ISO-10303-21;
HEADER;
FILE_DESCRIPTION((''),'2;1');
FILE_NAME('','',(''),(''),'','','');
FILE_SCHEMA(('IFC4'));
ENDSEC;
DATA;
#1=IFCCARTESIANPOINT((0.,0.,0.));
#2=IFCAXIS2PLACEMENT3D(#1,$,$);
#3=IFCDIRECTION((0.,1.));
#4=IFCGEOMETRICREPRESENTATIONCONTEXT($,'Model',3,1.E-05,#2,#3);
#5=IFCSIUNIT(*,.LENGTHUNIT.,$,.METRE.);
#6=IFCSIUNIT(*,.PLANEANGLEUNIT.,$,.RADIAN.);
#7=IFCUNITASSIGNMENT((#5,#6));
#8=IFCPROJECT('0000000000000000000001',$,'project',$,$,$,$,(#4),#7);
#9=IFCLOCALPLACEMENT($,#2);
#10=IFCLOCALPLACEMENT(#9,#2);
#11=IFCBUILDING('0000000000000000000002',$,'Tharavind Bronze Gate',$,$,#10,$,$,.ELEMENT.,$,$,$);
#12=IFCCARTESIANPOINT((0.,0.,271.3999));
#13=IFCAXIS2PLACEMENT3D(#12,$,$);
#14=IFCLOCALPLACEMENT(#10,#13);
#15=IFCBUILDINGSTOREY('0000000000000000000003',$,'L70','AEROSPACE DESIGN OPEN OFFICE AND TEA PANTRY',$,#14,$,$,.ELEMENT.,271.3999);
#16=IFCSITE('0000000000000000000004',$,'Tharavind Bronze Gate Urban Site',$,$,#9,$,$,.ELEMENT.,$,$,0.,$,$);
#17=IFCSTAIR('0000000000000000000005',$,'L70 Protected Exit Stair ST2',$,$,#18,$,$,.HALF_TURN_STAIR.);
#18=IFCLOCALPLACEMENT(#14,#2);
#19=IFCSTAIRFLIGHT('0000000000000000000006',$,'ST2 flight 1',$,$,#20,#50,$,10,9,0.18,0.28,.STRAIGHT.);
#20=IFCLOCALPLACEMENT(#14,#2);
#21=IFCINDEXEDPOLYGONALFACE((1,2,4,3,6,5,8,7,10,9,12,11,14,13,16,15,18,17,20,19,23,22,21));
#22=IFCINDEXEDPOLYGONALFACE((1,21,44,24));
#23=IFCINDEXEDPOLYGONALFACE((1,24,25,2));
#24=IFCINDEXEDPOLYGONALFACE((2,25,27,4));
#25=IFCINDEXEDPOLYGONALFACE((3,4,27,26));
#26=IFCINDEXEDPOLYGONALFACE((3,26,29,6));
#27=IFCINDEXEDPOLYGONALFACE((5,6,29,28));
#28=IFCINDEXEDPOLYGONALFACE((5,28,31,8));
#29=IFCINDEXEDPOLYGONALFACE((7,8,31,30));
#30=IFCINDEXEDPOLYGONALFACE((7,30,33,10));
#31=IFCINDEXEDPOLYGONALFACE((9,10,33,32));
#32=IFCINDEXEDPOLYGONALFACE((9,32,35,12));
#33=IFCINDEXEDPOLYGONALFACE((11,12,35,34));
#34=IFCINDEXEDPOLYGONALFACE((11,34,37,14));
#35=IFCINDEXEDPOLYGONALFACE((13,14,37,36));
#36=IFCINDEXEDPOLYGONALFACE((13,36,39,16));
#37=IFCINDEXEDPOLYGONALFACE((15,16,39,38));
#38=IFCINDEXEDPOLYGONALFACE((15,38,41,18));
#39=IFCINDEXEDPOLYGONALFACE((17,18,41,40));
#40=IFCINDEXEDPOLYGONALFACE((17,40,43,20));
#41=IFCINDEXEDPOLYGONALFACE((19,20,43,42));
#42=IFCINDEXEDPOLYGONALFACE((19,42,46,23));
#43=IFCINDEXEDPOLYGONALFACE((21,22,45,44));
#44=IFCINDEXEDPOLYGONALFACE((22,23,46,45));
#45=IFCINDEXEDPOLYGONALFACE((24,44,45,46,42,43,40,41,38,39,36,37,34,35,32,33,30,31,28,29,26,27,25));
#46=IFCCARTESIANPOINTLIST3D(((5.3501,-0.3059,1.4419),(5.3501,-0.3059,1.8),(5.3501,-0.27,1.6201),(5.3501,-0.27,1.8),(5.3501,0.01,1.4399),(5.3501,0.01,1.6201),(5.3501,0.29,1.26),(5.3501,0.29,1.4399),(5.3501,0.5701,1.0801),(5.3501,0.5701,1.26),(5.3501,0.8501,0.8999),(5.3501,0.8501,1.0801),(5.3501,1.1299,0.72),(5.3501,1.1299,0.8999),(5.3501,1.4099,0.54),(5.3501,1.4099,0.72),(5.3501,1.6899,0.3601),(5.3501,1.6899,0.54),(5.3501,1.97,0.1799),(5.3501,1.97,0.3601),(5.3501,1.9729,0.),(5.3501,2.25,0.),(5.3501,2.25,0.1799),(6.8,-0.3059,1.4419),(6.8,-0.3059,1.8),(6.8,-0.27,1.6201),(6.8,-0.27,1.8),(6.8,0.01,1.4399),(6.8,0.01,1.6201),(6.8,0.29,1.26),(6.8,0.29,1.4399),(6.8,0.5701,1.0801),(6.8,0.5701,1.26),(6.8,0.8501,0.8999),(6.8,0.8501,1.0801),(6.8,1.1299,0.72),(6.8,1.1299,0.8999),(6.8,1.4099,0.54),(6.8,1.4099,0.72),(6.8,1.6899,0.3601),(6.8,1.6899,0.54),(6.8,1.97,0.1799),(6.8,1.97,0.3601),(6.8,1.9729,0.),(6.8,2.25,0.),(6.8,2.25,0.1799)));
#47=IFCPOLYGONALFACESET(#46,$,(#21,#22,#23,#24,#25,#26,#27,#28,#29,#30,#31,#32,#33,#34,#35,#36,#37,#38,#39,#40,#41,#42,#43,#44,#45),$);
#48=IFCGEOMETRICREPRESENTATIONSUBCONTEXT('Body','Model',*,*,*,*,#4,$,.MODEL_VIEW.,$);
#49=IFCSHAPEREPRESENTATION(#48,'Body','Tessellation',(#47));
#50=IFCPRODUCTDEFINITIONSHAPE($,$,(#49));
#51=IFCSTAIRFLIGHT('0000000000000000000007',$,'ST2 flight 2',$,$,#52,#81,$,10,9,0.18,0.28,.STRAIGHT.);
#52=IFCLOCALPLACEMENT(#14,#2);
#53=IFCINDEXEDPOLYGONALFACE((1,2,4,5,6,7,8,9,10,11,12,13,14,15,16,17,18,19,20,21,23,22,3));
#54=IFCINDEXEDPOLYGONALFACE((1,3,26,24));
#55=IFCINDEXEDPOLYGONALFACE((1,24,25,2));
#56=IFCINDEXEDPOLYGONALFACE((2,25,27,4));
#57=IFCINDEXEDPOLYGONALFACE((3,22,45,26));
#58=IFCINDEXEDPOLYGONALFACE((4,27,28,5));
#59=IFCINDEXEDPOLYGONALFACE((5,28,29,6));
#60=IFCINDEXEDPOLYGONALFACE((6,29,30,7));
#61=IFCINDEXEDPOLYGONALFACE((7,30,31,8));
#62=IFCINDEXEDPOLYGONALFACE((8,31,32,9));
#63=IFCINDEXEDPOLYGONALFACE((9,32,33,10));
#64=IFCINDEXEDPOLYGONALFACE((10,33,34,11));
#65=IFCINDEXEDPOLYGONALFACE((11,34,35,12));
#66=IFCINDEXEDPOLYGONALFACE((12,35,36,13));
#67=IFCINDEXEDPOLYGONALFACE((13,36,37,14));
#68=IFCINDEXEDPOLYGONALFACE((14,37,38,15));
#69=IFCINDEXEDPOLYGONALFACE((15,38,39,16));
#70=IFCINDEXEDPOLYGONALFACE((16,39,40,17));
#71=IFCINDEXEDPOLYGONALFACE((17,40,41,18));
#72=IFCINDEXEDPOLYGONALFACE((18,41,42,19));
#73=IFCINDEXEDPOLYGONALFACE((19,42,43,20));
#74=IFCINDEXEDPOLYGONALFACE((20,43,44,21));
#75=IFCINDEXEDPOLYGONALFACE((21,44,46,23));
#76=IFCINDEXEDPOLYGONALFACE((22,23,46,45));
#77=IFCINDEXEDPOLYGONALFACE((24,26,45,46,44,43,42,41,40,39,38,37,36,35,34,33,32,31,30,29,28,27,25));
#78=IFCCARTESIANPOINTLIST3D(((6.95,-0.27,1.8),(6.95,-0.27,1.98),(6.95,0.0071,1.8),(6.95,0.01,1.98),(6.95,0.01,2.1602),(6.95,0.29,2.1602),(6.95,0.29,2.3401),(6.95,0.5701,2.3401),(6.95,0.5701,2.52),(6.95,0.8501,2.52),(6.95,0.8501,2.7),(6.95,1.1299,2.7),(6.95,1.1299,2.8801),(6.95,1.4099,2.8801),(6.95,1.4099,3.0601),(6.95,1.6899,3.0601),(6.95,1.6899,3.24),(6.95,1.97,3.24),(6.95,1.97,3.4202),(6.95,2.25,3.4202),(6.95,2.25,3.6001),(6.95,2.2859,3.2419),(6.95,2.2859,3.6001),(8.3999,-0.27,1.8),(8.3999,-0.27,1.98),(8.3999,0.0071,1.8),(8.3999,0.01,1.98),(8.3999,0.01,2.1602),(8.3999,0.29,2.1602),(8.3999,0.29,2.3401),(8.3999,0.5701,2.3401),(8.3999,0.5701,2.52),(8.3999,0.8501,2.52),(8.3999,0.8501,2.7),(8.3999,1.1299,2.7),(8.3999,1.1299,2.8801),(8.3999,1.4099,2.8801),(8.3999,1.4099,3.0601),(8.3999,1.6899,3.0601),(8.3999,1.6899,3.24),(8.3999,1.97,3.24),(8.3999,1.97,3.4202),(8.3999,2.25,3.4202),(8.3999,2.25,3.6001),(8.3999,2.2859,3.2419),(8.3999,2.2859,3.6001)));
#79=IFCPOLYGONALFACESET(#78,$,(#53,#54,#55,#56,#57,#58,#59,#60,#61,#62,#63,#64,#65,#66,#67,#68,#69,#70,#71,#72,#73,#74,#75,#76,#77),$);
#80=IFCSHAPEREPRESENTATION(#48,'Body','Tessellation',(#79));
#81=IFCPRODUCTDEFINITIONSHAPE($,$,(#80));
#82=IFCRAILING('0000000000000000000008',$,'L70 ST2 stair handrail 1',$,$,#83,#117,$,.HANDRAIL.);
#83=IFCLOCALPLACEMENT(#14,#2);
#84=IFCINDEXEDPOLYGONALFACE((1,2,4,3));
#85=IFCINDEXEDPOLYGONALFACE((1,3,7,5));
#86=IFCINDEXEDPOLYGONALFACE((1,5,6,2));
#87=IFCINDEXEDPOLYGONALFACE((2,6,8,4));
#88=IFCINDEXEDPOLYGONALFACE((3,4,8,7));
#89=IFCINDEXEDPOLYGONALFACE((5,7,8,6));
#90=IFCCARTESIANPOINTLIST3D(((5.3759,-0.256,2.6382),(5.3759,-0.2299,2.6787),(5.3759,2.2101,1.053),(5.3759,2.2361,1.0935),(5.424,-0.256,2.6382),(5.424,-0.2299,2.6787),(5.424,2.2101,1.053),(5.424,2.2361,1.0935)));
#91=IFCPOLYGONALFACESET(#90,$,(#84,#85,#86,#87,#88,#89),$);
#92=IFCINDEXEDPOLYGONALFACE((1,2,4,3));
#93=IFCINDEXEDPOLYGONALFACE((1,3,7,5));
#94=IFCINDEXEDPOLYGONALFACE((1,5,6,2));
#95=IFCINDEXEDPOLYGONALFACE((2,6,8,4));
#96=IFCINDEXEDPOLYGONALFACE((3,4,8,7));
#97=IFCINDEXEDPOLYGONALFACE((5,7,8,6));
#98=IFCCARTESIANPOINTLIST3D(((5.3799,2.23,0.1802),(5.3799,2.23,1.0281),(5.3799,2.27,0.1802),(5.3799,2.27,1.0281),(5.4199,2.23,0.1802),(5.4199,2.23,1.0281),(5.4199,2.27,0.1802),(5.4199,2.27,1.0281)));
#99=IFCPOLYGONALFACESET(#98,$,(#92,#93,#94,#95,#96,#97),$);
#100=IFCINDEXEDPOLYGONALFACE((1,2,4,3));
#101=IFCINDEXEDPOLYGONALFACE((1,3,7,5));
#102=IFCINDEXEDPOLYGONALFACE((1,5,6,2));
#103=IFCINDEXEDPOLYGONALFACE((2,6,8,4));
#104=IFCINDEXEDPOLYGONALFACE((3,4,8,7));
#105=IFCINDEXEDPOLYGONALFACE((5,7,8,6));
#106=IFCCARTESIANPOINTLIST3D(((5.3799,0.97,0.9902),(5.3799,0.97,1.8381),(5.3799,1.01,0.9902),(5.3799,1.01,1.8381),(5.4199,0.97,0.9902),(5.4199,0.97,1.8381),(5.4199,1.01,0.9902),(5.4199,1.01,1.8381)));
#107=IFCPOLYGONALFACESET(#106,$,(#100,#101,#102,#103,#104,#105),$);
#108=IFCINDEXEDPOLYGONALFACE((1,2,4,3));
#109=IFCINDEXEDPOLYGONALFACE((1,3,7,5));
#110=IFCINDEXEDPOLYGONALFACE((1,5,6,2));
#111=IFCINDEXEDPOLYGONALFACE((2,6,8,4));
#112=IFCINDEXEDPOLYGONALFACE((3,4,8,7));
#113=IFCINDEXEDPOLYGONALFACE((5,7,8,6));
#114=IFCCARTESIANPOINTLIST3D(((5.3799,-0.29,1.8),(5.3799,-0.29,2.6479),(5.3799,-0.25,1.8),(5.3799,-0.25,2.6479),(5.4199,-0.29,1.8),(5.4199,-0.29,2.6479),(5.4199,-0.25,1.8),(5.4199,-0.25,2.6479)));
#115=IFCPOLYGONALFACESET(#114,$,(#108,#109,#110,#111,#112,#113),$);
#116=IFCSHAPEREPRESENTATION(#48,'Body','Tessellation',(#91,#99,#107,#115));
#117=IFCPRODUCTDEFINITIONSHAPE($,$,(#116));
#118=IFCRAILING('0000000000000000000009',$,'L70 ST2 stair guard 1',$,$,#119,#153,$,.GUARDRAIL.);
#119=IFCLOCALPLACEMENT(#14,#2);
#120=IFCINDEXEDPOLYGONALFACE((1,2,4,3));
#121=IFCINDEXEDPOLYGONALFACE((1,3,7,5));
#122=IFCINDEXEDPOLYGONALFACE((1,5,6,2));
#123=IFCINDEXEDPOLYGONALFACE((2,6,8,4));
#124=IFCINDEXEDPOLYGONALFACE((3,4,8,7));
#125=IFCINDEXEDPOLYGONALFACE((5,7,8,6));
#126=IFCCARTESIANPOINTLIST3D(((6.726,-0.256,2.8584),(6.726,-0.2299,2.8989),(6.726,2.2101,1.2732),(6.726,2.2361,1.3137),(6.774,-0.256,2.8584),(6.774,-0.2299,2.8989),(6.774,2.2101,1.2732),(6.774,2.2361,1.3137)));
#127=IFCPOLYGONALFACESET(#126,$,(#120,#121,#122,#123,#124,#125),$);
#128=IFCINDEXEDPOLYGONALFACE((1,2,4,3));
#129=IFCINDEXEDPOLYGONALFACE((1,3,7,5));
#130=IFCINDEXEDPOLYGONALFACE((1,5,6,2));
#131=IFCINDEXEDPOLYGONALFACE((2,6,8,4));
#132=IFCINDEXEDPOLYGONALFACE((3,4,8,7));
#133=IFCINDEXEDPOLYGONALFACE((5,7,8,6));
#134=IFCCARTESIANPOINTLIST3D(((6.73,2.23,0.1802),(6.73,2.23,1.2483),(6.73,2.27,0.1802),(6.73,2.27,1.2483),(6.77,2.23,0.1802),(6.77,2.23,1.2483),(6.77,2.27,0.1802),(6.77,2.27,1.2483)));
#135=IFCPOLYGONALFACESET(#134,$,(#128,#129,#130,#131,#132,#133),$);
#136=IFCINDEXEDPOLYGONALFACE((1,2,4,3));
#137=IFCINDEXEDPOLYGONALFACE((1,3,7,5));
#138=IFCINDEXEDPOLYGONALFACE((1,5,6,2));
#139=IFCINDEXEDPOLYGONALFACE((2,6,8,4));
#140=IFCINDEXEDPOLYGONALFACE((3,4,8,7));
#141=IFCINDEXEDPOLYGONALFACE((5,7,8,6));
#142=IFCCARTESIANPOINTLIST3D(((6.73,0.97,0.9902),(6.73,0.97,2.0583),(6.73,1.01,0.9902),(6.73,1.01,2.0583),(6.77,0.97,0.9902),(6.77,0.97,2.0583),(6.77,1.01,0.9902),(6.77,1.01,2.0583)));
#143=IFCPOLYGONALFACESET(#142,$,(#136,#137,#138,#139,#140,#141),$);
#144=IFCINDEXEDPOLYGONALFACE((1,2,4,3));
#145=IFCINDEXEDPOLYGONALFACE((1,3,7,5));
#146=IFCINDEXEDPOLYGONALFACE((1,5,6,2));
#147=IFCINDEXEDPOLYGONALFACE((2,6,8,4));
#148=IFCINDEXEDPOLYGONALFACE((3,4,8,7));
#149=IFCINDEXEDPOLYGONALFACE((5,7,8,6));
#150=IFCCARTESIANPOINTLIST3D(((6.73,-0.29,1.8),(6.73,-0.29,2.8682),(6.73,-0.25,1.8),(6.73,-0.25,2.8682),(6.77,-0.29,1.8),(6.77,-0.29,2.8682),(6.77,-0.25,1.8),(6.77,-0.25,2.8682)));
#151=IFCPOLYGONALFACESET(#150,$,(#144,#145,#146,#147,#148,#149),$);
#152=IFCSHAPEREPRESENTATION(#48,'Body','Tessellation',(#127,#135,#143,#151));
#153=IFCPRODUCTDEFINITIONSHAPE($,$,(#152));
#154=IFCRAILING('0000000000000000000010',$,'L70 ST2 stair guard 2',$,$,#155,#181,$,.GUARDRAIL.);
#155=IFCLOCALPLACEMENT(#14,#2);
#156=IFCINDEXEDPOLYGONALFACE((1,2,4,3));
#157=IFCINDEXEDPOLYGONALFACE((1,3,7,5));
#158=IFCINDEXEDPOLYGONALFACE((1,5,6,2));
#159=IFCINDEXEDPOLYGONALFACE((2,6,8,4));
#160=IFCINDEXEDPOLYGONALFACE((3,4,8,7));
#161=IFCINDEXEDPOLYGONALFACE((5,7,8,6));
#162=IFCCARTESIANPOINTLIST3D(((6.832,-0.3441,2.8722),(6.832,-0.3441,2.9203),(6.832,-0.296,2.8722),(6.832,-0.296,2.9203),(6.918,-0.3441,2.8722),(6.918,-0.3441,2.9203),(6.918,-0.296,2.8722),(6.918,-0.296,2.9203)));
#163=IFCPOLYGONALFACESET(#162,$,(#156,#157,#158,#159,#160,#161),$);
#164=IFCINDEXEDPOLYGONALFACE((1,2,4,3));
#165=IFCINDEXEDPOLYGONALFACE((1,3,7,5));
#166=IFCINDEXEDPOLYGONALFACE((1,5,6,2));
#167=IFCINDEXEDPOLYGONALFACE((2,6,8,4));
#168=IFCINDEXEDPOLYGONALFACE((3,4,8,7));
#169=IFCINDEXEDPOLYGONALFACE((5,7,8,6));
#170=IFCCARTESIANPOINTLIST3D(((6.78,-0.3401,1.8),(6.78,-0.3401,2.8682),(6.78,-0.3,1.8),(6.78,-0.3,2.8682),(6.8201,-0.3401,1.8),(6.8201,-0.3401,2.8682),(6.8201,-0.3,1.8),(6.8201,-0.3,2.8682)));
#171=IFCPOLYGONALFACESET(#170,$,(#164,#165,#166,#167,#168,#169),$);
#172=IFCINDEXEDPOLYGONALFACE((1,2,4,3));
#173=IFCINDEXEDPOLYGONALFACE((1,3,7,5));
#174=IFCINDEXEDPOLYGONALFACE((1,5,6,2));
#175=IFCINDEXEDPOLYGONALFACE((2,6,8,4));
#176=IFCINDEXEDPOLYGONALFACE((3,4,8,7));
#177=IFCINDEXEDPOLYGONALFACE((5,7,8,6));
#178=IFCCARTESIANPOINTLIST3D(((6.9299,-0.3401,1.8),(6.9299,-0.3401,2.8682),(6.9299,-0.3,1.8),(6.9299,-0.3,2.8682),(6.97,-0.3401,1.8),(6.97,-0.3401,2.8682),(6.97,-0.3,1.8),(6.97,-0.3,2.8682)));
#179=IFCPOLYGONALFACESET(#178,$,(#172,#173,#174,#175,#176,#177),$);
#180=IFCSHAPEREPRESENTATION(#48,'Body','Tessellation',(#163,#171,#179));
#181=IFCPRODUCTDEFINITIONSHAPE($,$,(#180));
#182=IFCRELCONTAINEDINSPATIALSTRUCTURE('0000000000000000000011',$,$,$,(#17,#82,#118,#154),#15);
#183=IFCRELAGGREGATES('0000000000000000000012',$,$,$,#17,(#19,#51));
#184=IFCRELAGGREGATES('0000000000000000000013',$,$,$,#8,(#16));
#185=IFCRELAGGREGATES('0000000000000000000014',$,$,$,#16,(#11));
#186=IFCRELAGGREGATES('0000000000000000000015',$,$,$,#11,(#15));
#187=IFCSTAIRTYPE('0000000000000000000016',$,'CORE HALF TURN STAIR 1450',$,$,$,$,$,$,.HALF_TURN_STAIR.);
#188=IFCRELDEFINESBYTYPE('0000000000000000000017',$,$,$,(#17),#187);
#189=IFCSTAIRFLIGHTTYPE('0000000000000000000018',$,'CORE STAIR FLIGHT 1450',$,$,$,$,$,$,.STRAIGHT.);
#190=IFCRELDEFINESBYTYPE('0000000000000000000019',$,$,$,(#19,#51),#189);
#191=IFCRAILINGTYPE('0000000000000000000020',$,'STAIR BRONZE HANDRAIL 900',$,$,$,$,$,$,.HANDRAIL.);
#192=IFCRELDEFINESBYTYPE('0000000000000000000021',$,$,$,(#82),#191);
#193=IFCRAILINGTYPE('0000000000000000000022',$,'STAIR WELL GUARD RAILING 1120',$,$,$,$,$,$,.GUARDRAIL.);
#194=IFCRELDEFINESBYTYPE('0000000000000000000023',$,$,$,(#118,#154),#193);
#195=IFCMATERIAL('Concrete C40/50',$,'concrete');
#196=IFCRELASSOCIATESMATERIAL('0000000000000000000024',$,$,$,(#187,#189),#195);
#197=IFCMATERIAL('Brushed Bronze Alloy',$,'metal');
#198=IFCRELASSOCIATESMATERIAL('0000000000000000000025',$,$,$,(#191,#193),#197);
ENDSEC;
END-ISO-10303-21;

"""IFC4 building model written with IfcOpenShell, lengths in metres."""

from ifc_helpers import new_model, si_unit, direction, frame, origin, origin_2d, place, context, subcontext, project, spatial, polyline, rectangle, outline, extrude, material, type_object, element, aggregate, save


model = new_model("IFC4")

# Units and contexts
model_context = context("Model", 3, precision=1e-05, world=origin(), true_north=direction((0.0, 1.0)))
body_context = subcontext(model_context, "Body", "Model", "MODEL_VIEW")
ifc_project = project(units=[si_unit("LENGTHUNIT", "METRE"), si_unit("PLANEANGLEUNIT", "RADIAN")], contexts=[model_context])

# Site, building, storey
site_placement = place(None, origin())
site = spatial("IfcSite", under=ifc_project, at=site_placement, Name="Tharavind Bronze Gate Urban Site", CompositionType="ELEMENT", RefElevation=0.0)
building_placement = place(site_placement, origin())
building = spatial("IfcBuilding", under=site, at=building_placement, Name="Tharavind Bronze Gate", CompositionType="ELEMENT")
storey_placement = place(building_placement, frame((0.0, 0.0, 271.3999)))
storey = spatial("IfcBuildingStorey", under=building, at=storey_placement, Name="L70", Description="AEROSPACE DESIGN OPEN OFFICE AND TEA PANTRY", CompositionType="ELEMENT", Elevation=271.3999)

# Shared definitions
ifc_material_1 = material(Name="Concrete C40/50", Category="concrete")

# Stair, stair flights
stair_type = type_object("IfcStairType", Name="CORE HALF TURN STAIR 1450", PredefinedType="HALF_TURN_STAIR", material=ifc_material_1)
stair_placement = place(storey_placement, origin())
stair = element("IfcStair", 1, at=stair_placement, inside=storey, type_object=stair_type, Name="L70 Protected Exit Stair ST2", PredefinedType="HALF_TURN_STAIR")
stair_flight_type = type_object("IfcStairFlightType", Name="CORE STAIR FLIGHT 1450", PredefinedType="STRAIGHT", material=ifc_material_1)
stair_flight_1_placement = place(storey_placement, frame((6.075, 2.25, 0.0), z_axis=(0.0, 0.0, 1.0), x_axis=(0.0, -1.0, 0.0)))
stair_flight_1 = element("IfcStairFlight", 2, at=stair_flight_1_placement, type_object=stair_flight_type, Name="ST2 flight 1", NumberOfRisers=10, NumberOfTreads=9, PredefinedType="STRAIGHT", RiserHeight=0.18, TreadLength=0.28, context=body_context, shape_type="SweptSolid", body=[
    extrude(outline(polyline([(0.0, 0.0), (0.0, 0.1799), (0.28, 0.1799), (0.28, 0.3601), (0.5601, 0.3601), (0.5601, 0.54), (0.8401, 0.54), (0.8401, 0.72), (1.1201, 0.72), (1.1201, 0.8999), (1.3999, 0.8999), (1.3999, 1.0801), (1.6799, 1.0801), (1.6799, 1.26), (1.96, 1.26), (1.96, 1.4399), (2.24, 1.4399), (2.24, 1.6201), (2.52, 1.6201), (2.52, 1.8), (2.5559, 1.8), (2.5559, 1.4419), (0.2771, 0.0), (0.0, 0.0)])), frame((0.0, 0.7251, 0.0), z_axis=(0.0, -1.0, 0.0), x_axis=(1.0, 0.0, 0.0)), (0.0, 0.0, 1.0), 1.45),
])
stair_flight_2_placement = place(storey_placement, frame((7.675, -0.27, 1.8), z_axis=(0.0, 0.0, 1.0), x_axis=(0.0, 1.0, 0.0)))
stair_flight_2 = element("IfcStairFlight", 3, at=stair_flight_2_placement, type_object=stair_flight_type, Name="ST2 flight 2", NumberOfRisers=10, NumberOfTreads=9, PredefinedType="STRAIGHT", RiserHeight=0.18, TreadLength=0.28, context=body_context, shape_type="SweptSolid", body=[
    extrude(outline(polyline([(0.0, 0.0), (0.0, 0.1799), (0.28, 0.1799), (0.28, 0.3601), (0.5601, 0.3601), (0.5601, 0.54), (0.8401, 0.54), (0.8401, 0.72), (1.1201, 0.72), (1.1201, 0.8999), (1.3999, 0.8999), (1.3999, 1.0801), (1.6799, 1.0801), (1.6799, 1.26), (1.96, 1.26), (1.96, 1.4399), (2.24, 1.4399), (2.24, 1.6201), (2.52, 1.6201), (2.52, 1.8), (2.5559, 1.8), (2.5559, 1.4419), (0.2771, 0.0), (0.0, 0.0)])), frame((0.0, 0.7251, 0.0), z_axis=(0.0, -1.0, 0.0), x_axis=(1.0, 0.0, 0.0)), (0.0, 0.0, 1.0), 1.45),
])
aggregate(stair, [stair_flight_1, stair_flight_2])

# Railings
ifc_material_2 = material(Name="Brushed Bronze Alloy", Category="metal")
railing_type_1 = type_object("IfcRailingType", Name="STAIR BRONZE HANDRAIL 900", PredefinedType="HANDRAIL", material=ifc_material_2)
railing_1_placement = place(storey_placement, frame((5.3999, 2.25, 0.1802)))
element("IfcRailing", 4, at=railing_1_placement, inside=storey, type_object=railing_type_1, Name="L70 ST2 stair handrail 1", PredefinedType="HANDRAIL", context=body_context, shape_type="SweptSolid", body=[
    extrude(rectangle(XDim=0.0481, YDim=0.0481, at=origin_2d()), frame((0.0, -0.0269, 0.8931), z_axis=(0.0, -0.8412, 0.540725), x_axis=(1.0, 0.0, 0.0)), (0.0, 0.0, 1.0), 2.9316),
    extrude(rectangle(XDim=0.04, YDim=0.04, at=origin_2d()), origin(), (0.0, 0.0, 1.0), 0.8479),
    extrude(rectangle(XDim=0.04, YDim=0.04, at=origin_2d()), frame((0.0, -1.26, 0.8101)), (0.0, 0.0, 1.0), 0.8479),
    extrude(rectangle(XDim=0.04, YDim=0.04, at=origin_2d()), frame((0.0, -2.52, 1.6199)), (0.0, 0.0, 1.0), 0.8479),
])
railing_type_2 = type_object("IfcRailingType", Name="STAIR WELL GUARD RAILING 1120", PredefinedType="GUARDRAIL", material=ifc_material_2)
railing_2_placement = place(storey_placement, frame((6.75, 2.25, 0.1802)))
element("IfcRailing", 5, at=railing_2_placement, inside=storey, type_object=railing_type_2, Name="L70 ST2 stair guard 1", PredefinedType="GUARDRAIL", context=body_context, shape_type="SweptSolid", body=[
    extrude(rectangle(XDim=0.0481, YDim=0.0481, at=origin_2d()), frame((0.0, -0.0269, 1.1133), z_axis=(0.0, -0.8412, 0.540725), x_axis=(1.0, 0.0, 0.0)), (0.0, 0.0, 1.0), 2.9316),
    extrude(rectangle(XDim=0.04, YDim=0.04, at=origin_2d()), origin(), (0.0, 0.0, 1.0), 1.0681),
    extrude(rectangle(XDim=0.04, YDim=0.04, at=origin_2d()), frame((0.0, -1.26, 0.8101)), (0.0, 0.0, 1.0), 1.0681),
    extrude(rectangle(XDim=0.04, YDim=0.04, at=origin_2d()), frame((0.0, -2.52, 1.6199)), (0.0, 0.0, 1.0), 1.0681),
])
railing_3_placement = place(storey_placement, frame((6.8, -0.3201, 1.8)))
element("IfcRailing", 6, at=railing_3_placement, inside=storey, type_object=railing_type_2, Name="L70 ST2 stair guard 2", PredefinedType="GUARDRAIL", context=body_context, shape_type="SweptSolid", body=[
    extrude(rectangle(XDim=0.0481, YDim=0.0481, at=origin_2d()), frame((0.032, 0.0, 1.0962), z_axis=(1.0, 0.0, 0.0), x_axis=(0.0, 1.0, 0.0)), (0.0, 0.0, 1.0), 0.0859),
    extrude(rectangle(XDim=0.04, YDim=0.04, at=origin_2d()), origin(), (0.0, 0.0, 1.0), 1.0681),
    extrude(rectangle(XDim=0.04, YDim=0.04, at=origin_2d()), frame((0.1499, 0.0, 0.0)), (0.0, 0.0, 1.0), 1.0681),
])

save(model, "model.ifc")
